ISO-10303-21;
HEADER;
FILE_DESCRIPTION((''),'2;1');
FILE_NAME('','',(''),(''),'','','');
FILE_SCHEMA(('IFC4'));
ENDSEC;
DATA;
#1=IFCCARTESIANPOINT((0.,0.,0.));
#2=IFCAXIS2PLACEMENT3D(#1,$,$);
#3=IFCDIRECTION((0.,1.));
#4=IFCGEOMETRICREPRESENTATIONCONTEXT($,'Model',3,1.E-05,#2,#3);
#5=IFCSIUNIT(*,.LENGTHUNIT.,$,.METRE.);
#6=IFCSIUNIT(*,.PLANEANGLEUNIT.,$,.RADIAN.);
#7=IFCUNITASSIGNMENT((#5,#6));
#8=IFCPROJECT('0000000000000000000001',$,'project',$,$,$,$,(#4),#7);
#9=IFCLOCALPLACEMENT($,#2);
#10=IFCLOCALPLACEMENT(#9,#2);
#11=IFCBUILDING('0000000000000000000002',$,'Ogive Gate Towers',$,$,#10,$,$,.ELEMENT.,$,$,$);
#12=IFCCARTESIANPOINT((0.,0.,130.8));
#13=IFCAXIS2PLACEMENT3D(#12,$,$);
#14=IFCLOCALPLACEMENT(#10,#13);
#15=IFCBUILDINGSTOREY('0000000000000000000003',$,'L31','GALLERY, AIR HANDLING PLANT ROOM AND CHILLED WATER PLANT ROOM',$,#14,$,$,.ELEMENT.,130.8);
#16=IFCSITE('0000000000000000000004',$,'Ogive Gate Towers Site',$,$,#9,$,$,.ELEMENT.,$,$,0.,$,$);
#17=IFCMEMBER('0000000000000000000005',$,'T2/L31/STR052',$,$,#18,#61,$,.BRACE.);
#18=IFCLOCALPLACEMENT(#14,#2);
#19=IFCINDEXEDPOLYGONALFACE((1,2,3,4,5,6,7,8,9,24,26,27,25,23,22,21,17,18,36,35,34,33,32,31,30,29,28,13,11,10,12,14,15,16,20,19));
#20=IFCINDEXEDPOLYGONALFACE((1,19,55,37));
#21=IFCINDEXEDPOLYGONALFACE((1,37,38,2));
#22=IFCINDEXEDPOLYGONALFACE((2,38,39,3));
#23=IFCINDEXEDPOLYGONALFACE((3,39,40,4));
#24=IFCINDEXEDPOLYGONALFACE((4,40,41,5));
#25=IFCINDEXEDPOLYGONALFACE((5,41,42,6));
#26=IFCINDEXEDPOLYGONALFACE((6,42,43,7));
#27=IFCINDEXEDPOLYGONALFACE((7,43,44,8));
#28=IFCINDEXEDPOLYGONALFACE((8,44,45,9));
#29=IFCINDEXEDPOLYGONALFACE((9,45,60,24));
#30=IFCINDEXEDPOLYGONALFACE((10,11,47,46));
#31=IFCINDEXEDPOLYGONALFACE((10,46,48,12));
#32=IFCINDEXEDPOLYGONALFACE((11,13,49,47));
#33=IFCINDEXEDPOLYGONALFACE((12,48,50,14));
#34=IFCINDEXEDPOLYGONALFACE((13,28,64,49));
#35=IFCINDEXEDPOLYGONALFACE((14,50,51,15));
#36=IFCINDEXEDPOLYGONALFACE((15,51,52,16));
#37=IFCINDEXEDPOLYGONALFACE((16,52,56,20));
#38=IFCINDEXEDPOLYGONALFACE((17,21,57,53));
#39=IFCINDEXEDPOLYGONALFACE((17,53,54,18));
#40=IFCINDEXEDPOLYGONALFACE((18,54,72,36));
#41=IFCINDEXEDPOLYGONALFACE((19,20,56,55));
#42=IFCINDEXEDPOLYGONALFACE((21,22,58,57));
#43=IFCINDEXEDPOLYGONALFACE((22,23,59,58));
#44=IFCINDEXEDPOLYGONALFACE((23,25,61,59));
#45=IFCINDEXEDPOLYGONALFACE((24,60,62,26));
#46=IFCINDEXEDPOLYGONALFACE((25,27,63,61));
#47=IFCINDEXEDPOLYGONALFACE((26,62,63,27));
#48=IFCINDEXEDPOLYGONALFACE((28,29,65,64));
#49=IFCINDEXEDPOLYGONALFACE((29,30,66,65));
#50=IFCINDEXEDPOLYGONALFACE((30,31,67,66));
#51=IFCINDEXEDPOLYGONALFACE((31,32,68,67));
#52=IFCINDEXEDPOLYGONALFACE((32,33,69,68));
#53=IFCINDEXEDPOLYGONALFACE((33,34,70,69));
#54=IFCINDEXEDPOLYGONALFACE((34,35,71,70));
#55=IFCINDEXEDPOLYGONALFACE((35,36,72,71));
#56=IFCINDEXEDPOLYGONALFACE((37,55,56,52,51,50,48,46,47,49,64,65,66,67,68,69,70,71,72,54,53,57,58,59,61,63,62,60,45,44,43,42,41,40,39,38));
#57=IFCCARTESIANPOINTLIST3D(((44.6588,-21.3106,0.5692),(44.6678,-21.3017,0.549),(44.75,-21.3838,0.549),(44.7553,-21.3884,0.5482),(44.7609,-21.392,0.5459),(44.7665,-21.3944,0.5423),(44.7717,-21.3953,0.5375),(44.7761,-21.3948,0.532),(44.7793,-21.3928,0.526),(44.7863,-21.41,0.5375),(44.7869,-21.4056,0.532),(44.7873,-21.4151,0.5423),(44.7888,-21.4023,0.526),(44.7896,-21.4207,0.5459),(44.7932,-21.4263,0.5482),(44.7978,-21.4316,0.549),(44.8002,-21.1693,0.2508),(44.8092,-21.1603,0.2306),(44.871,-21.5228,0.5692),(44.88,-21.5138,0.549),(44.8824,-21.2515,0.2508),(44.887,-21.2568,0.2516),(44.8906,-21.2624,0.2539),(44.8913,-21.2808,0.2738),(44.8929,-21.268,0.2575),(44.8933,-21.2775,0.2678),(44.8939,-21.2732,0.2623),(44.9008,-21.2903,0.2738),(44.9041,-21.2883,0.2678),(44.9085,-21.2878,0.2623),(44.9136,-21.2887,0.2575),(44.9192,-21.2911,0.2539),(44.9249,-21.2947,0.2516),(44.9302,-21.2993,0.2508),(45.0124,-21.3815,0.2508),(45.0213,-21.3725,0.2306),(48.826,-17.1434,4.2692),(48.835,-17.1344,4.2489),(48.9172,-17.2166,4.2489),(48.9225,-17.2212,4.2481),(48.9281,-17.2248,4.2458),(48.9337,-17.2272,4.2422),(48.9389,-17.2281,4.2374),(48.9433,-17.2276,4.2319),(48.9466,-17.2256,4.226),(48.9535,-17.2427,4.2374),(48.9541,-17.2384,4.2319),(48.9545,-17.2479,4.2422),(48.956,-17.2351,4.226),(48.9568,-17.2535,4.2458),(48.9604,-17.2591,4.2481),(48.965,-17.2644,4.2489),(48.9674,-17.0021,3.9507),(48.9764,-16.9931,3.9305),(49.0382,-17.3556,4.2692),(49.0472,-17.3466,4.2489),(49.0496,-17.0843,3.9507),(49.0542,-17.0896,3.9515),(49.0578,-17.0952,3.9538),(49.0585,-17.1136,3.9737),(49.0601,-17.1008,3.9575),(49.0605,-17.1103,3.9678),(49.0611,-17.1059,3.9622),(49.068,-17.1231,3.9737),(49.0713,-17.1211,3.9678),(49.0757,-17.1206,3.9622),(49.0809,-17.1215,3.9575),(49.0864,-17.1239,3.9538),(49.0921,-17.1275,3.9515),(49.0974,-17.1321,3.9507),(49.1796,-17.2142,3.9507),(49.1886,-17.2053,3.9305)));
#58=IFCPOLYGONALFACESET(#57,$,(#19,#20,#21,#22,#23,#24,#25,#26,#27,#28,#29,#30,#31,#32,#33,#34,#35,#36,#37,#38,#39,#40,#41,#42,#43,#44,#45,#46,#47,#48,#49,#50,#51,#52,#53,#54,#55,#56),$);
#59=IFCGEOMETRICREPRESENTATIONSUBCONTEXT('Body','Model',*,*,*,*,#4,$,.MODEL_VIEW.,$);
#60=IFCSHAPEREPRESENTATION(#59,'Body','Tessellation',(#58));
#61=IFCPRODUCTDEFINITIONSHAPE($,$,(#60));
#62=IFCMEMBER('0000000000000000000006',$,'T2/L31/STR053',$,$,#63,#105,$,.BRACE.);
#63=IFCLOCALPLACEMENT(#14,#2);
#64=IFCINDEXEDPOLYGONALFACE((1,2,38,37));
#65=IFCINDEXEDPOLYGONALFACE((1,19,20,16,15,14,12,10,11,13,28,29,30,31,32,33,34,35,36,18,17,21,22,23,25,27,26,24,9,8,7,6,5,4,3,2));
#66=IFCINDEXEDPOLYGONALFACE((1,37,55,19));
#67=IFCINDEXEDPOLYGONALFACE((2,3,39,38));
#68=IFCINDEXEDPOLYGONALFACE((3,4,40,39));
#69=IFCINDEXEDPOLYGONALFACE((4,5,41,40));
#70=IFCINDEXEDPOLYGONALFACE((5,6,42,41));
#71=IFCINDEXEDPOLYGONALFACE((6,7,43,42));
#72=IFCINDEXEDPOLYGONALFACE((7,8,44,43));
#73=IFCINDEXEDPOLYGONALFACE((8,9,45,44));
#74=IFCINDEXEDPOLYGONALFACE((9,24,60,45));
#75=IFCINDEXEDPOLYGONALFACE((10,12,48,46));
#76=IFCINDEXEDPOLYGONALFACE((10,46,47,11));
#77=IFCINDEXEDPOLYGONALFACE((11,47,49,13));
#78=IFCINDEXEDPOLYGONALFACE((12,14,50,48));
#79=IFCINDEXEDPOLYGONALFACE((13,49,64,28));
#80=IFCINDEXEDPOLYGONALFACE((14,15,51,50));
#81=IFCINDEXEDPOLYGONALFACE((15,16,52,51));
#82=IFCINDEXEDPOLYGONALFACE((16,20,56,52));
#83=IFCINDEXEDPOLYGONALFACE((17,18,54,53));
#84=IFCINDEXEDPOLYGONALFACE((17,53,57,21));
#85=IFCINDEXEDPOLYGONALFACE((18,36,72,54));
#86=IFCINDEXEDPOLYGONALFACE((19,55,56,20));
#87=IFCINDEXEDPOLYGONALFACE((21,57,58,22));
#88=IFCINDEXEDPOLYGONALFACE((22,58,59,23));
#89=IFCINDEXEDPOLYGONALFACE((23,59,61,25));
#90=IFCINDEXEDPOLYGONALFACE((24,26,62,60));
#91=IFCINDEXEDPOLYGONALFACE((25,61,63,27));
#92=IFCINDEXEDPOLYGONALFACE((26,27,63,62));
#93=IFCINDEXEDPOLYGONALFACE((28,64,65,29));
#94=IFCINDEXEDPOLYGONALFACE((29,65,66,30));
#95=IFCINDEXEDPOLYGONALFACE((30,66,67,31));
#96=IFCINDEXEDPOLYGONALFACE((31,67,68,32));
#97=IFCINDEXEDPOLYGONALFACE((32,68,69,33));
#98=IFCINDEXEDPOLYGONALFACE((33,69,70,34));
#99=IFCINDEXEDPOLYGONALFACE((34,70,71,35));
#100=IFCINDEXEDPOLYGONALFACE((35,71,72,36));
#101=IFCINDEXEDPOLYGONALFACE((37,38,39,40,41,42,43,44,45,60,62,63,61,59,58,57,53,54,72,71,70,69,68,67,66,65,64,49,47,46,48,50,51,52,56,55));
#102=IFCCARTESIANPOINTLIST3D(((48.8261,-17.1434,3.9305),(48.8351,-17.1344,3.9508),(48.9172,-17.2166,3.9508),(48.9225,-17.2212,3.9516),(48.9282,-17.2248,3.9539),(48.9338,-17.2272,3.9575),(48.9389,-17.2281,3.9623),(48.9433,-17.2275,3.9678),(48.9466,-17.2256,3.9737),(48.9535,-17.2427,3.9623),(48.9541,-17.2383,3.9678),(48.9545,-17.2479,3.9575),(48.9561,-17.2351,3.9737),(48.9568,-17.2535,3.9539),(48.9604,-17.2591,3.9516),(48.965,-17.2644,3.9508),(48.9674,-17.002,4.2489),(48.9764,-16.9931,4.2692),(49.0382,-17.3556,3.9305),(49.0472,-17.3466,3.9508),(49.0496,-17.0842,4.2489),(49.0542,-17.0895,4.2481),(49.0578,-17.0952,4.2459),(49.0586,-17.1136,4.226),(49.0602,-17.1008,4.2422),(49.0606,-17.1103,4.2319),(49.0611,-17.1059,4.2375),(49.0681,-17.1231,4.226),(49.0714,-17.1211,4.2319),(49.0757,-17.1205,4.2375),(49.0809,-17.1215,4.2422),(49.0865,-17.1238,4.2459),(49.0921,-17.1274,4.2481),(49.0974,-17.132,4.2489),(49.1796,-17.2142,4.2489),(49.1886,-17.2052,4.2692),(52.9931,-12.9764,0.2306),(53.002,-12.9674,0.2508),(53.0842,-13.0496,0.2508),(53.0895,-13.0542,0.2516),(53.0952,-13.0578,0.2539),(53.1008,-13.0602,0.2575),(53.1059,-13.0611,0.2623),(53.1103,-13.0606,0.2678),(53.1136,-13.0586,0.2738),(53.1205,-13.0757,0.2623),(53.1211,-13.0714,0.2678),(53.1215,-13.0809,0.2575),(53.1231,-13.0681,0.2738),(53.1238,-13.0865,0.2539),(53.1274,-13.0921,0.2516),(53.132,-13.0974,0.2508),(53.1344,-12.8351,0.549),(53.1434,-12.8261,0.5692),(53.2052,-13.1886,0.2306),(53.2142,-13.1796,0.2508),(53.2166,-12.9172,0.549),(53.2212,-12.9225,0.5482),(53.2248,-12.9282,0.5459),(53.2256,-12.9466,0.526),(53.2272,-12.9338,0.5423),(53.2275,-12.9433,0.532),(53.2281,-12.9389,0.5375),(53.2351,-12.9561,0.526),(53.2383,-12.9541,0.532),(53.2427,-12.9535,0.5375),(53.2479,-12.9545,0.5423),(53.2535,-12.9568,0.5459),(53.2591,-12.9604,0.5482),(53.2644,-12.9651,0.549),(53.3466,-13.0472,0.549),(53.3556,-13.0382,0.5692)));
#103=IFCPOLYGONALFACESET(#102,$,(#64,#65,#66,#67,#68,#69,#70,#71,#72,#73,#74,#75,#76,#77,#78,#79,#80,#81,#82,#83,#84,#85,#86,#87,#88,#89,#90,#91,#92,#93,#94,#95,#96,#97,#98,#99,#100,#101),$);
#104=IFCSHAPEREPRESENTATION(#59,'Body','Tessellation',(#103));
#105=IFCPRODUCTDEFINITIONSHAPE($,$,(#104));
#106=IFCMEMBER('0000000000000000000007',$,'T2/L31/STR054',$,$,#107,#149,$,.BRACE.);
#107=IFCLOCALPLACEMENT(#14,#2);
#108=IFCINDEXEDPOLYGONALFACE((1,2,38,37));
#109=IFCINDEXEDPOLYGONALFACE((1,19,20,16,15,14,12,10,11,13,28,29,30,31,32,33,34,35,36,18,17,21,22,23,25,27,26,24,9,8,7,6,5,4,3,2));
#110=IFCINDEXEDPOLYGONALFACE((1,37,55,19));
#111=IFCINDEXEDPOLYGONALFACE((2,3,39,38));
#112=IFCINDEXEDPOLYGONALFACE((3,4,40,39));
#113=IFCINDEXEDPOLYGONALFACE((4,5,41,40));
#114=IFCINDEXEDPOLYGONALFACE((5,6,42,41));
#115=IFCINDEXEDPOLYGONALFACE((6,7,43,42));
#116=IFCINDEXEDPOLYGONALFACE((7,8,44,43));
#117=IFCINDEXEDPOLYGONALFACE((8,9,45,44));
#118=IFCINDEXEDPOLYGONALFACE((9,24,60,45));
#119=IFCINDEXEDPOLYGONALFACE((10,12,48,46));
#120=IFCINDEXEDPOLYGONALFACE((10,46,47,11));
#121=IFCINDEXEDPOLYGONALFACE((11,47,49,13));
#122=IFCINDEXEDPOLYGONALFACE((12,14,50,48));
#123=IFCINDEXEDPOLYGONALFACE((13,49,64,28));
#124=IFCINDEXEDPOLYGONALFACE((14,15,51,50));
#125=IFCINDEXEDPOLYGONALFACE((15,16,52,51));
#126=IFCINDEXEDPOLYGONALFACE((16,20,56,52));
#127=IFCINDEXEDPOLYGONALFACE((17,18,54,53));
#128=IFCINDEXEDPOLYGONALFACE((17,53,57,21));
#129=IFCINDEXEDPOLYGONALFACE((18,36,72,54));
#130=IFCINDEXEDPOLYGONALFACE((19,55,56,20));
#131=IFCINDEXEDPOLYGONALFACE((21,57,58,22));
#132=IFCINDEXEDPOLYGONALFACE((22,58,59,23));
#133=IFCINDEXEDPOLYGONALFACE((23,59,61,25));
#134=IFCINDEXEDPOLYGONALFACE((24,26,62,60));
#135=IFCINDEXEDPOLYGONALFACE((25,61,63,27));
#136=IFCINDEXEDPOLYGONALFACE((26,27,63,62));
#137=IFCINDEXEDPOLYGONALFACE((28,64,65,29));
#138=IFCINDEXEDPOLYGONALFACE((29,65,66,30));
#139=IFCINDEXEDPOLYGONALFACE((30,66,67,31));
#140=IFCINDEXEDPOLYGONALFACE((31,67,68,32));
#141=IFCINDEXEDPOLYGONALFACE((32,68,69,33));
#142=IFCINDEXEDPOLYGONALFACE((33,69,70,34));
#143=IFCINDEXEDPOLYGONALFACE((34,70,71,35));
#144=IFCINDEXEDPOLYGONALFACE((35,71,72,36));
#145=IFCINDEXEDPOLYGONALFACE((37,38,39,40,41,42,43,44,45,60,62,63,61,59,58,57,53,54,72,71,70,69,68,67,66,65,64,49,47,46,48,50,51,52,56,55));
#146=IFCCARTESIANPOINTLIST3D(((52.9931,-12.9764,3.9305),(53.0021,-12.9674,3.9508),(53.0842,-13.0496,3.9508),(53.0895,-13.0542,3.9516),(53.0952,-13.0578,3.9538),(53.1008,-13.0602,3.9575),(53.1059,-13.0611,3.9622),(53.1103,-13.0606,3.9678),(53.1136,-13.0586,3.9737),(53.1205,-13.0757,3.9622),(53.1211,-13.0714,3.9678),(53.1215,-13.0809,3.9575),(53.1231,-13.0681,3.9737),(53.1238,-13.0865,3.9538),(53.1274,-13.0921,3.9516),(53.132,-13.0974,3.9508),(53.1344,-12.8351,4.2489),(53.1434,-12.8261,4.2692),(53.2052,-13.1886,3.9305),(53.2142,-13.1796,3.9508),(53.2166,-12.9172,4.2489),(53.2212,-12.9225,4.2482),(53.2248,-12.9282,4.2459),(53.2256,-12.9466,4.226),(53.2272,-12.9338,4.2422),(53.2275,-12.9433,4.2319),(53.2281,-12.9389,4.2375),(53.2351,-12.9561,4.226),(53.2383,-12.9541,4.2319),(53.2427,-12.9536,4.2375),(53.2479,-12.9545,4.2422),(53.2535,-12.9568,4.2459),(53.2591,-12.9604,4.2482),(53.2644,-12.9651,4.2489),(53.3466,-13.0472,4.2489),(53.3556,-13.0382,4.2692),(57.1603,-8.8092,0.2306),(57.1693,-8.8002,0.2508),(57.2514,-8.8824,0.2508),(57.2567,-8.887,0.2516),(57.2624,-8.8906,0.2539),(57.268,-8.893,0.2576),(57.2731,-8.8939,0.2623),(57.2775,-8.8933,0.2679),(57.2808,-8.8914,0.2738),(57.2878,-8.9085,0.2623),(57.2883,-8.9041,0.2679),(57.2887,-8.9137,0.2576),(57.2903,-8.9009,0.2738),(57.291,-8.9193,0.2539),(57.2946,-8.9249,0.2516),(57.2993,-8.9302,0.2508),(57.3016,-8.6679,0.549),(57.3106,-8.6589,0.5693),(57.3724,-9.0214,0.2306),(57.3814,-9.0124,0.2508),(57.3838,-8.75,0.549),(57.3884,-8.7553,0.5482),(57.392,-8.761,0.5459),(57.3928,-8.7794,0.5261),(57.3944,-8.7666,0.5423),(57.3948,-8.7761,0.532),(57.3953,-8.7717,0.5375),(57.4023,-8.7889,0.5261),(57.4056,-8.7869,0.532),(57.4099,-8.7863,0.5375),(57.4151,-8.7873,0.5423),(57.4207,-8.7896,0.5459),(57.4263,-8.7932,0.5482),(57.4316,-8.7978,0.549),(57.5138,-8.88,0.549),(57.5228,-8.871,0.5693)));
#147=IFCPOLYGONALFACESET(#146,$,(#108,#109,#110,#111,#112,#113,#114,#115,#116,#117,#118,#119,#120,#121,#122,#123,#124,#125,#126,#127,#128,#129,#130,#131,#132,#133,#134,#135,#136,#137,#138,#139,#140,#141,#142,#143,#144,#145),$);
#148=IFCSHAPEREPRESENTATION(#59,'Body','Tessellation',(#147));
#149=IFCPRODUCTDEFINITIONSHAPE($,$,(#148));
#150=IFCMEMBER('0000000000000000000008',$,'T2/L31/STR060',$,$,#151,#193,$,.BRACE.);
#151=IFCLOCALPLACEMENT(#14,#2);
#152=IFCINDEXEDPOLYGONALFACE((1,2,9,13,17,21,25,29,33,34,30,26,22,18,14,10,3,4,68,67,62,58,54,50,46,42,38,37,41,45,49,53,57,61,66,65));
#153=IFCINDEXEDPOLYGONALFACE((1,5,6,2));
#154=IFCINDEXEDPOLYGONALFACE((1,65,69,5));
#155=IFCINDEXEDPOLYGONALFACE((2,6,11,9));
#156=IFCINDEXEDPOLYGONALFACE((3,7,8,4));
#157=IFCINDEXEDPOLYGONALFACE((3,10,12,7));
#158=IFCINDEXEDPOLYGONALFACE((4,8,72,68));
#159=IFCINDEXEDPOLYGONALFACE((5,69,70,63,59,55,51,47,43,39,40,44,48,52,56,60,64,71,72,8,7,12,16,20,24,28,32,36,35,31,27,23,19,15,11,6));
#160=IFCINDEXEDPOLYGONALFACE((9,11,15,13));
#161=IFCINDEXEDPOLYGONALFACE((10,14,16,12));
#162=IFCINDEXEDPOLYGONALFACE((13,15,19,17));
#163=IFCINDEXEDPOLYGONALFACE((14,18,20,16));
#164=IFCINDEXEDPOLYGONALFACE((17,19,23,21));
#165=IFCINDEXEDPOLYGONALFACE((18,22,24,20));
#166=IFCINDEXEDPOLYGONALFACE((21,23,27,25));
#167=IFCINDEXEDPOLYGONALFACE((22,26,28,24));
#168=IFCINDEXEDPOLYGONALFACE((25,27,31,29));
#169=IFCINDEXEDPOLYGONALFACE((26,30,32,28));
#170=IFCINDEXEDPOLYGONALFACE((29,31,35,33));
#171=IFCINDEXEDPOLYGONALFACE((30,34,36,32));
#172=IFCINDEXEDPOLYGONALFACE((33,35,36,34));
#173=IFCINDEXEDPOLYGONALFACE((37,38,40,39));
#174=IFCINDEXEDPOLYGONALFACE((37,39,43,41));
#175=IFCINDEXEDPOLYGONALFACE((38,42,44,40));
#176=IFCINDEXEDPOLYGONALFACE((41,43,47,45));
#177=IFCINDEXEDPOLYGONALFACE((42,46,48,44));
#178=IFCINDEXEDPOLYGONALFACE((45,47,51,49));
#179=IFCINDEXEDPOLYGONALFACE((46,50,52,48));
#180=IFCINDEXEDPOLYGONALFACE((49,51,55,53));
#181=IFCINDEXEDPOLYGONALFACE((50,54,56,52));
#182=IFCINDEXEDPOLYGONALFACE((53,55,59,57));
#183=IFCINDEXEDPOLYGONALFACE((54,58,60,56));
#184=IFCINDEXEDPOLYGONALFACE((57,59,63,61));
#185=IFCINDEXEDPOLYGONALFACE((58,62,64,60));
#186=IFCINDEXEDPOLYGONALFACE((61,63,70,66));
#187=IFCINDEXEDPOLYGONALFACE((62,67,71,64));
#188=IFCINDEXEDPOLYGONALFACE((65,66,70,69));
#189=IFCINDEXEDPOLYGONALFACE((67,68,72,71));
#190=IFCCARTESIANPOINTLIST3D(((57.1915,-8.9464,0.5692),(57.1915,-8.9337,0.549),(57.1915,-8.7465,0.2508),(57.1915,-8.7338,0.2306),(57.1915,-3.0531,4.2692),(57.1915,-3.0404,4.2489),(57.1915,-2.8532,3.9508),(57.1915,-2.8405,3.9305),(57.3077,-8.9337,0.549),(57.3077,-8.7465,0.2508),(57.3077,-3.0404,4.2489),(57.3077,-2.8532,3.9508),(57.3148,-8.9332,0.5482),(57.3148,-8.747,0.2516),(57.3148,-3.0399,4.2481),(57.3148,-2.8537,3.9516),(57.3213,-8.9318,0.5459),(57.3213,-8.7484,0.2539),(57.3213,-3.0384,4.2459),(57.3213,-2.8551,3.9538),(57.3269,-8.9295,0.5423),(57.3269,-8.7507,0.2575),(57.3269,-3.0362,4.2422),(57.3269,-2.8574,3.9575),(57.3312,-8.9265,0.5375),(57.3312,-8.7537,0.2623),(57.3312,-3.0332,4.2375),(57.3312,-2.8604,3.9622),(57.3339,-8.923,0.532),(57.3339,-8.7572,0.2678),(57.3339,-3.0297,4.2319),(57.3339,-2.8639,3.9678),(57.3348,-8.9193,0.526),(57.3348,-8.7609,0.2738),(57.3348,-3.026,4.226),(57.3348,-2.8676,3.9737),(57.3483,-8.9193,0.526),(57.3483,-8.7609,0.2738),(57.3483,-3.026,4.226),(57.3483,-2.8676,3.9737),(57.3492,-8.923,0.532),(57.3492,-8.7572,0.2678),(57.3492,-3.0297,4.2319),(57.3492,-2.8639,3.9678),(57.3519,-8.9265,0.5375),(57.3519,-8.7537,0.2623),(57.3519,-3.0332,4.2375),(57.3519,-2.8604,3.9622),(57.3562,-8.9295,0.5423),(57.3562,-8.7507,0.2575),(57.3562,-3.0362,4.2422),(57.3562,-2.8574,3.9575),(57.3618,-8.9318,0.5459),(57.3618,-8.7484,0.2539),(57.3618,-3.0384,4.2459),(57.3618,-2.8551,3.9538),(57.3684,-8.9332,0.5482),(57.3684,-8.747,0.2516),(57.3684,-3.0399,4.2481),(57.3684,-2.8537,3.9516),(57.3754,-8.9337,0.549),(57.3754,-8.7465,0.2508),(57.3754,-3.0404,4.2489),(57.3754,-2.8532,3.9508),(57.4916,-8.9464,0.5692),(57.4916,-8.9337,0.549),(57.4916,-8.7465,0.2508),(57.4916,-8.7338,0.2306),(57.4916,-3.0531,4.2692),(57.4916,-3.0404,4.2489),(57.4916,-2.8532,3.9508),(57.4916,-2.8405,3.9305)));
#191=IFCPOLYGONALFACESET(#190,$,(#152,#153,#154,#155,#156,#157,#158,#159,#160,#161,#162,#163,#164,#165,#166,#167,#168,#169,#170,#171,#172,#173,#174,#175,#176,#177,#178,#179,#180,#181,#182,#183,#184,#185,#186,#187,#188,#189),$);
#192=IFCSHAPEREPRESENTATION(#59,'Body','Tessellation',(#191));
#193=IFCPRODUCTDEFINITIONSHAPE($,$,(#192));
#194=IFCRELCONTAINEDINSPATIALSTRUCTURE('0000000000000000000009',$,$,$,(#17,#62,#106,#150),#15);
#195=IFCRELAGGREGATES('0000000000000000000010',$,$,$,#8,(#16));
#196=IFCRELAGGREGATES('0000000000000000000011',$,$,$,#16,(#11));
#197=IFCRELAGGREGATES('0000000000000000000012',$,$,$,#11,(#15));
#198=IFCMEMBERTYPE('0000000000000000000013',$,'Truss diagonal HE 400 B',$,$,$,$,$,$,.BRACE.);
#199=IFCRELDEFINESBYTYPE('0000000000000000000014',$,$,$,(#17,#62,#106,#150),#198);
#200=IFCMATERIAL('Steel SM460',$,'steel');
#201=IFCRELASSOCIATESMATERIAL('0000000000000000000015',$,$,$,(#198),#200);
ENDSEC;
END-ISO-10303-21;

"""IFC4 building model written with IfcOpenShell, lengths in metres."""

from ifc_helpers import new_model, si_unit, direction, frame, origin, origin_2d, place, context, subcontext, project, spatial, i_section, extrude, material, material_profile, profile_set, type_object, element, save


model = new_model("IFC4")

# Units and contexts
model_context = context("Model", 3, precision=1e-05, world=origin(), true_north=direction((0.0, 1.0)))
body_context = subcontext(model_context, "Body", "Model", "MODEL_VIEW")
ifc_project = project(units=[si_unit("LENGTHUNIT", "METRE"), si_unit("PLANEANGLEUNIT", "RADIAN")], contexts=[model_context])

# Site, building, storey
site_placement = place(None, origin())
site = spatial("IfcSite", under=ifc_project, at=site_placement, Name="Ogive Gate Towers Site", CompositionType="ELEMENT", RefElevation=0.0)
building_placement = place(site_placement, origin())
building = spatial("IfcBuilding", under=site, at=building_placement, Name="Ogive Gate Towers", CompositionType="ELEMENT")
storey_placement = place(building_placement, frame((0.0, 0.0, 130.8)))
storey = spatial("IfcBuildingStorey", under=building, at=storey_placement, Name="L31", Description="GALLERY, AIR HANDLING PLANT ROOM AND CHILLED WATER PLANT ROOM", CompositionType="ELEMENT", Elevation=130.8)

# Shared definitions
ifc_material_1 = material(Name="Steel SM460", Category="steel")

# Members
ifc_material_profile_1 = material_profile(ifc_material_1, i_section(OverallWidth=0.3, OverallDepth=0.3999, WebThickness=0.0134, FlangeThickness=0.0239, FilletRadius=0.0271, at=origin_2d()), Name="HE 400 B")
ifc_profile_set_1 = profile_set([ifc_material_profile_1], Name="Steel SM460")
member_type_1 = type_object("IfcMemberType", Name="Truss diagonal HE 400 B", PredefinedType="BRACE", material=ifc_profile_set_1)
member_1_placement = place(storey_placement, frame((44.8401, -21.3416, 0.3999), z_axis=(0.598866, 0.598866, 0.531713), x_axis=(-0.707107, 0.707107, 0.0)))
element("IfcMember", 1, at=member_1_placement, inside=storey, type_object=member_type_1, Name="T2/L31/STR052", PredefinedType="BRACE", context=body_context, shape_type="SweptSolid", body=[
    extrude(i_section(OverallWidth=0.3, OverallDepth=0.3999, WebThickness=0.0134, FlangeThickness=0.0239, FilletRadius=0.0271, at=origin_2d()), origin(), (0.0, 0.0, 1.0), 6.9585),
])
member_2_placement = place(storey_placement, frame((49.0073, -17.1743, 4.0999), z_axis=(0.598856, 0.598856, -0.531736), x_axis=(-0.707107, 0.707107, 0.0)))
element("IfcMember", 2, at=member_2_placement, inside=storey, type_object=member_type_1, Name="T2/L31/STR053", PredefinedType="BRACE", context=body_context, shape_type="SweptSolid", body=[
    extrude(i_section(OverallWidth=0.3, OverallDepth=0.3999, WebThickness=0.0134, FlangeThickness=0.0239, FilletRadius=0.0271, at=origin_2d()), origin(), (0.0, 0.0, 1.0), 6.9583),
])
for number, where, z_axis, x_axis, name in (
    (3, (53.1743, -13.0073, 4.0999), (0.598866, 0.598866, -0.531713), (-0.707107, 0.707107, 0.0), "T2/L31/STR054"),
    (4, (57.3416, -8.8401, 0.3999), (0.0, 0.846922, 0.531717), (-1.0, 0.0, 0.0), "T2/L31/STR060"),
):
    element("IfcMember", number, at=place(storey_placement, frame(where, z_axis=z_axis, x_axis=x_axis)), inside=storey, type_object=member_type_1, Name=name, PredefinedType="BRACE", context=body_context, shape_type="SweptSolid", body=[
        extrude(i_section(OverallWidth=0.3, OverallDepth=0.3999, WebThickness=0.0134, FlangeThickness=0.0239, FilletRadius=0.0271, at=origin_2d()), origin(), (0.0, 0.0, 1.0), 6.9585),
    ])

save(model, "model.ifc")
